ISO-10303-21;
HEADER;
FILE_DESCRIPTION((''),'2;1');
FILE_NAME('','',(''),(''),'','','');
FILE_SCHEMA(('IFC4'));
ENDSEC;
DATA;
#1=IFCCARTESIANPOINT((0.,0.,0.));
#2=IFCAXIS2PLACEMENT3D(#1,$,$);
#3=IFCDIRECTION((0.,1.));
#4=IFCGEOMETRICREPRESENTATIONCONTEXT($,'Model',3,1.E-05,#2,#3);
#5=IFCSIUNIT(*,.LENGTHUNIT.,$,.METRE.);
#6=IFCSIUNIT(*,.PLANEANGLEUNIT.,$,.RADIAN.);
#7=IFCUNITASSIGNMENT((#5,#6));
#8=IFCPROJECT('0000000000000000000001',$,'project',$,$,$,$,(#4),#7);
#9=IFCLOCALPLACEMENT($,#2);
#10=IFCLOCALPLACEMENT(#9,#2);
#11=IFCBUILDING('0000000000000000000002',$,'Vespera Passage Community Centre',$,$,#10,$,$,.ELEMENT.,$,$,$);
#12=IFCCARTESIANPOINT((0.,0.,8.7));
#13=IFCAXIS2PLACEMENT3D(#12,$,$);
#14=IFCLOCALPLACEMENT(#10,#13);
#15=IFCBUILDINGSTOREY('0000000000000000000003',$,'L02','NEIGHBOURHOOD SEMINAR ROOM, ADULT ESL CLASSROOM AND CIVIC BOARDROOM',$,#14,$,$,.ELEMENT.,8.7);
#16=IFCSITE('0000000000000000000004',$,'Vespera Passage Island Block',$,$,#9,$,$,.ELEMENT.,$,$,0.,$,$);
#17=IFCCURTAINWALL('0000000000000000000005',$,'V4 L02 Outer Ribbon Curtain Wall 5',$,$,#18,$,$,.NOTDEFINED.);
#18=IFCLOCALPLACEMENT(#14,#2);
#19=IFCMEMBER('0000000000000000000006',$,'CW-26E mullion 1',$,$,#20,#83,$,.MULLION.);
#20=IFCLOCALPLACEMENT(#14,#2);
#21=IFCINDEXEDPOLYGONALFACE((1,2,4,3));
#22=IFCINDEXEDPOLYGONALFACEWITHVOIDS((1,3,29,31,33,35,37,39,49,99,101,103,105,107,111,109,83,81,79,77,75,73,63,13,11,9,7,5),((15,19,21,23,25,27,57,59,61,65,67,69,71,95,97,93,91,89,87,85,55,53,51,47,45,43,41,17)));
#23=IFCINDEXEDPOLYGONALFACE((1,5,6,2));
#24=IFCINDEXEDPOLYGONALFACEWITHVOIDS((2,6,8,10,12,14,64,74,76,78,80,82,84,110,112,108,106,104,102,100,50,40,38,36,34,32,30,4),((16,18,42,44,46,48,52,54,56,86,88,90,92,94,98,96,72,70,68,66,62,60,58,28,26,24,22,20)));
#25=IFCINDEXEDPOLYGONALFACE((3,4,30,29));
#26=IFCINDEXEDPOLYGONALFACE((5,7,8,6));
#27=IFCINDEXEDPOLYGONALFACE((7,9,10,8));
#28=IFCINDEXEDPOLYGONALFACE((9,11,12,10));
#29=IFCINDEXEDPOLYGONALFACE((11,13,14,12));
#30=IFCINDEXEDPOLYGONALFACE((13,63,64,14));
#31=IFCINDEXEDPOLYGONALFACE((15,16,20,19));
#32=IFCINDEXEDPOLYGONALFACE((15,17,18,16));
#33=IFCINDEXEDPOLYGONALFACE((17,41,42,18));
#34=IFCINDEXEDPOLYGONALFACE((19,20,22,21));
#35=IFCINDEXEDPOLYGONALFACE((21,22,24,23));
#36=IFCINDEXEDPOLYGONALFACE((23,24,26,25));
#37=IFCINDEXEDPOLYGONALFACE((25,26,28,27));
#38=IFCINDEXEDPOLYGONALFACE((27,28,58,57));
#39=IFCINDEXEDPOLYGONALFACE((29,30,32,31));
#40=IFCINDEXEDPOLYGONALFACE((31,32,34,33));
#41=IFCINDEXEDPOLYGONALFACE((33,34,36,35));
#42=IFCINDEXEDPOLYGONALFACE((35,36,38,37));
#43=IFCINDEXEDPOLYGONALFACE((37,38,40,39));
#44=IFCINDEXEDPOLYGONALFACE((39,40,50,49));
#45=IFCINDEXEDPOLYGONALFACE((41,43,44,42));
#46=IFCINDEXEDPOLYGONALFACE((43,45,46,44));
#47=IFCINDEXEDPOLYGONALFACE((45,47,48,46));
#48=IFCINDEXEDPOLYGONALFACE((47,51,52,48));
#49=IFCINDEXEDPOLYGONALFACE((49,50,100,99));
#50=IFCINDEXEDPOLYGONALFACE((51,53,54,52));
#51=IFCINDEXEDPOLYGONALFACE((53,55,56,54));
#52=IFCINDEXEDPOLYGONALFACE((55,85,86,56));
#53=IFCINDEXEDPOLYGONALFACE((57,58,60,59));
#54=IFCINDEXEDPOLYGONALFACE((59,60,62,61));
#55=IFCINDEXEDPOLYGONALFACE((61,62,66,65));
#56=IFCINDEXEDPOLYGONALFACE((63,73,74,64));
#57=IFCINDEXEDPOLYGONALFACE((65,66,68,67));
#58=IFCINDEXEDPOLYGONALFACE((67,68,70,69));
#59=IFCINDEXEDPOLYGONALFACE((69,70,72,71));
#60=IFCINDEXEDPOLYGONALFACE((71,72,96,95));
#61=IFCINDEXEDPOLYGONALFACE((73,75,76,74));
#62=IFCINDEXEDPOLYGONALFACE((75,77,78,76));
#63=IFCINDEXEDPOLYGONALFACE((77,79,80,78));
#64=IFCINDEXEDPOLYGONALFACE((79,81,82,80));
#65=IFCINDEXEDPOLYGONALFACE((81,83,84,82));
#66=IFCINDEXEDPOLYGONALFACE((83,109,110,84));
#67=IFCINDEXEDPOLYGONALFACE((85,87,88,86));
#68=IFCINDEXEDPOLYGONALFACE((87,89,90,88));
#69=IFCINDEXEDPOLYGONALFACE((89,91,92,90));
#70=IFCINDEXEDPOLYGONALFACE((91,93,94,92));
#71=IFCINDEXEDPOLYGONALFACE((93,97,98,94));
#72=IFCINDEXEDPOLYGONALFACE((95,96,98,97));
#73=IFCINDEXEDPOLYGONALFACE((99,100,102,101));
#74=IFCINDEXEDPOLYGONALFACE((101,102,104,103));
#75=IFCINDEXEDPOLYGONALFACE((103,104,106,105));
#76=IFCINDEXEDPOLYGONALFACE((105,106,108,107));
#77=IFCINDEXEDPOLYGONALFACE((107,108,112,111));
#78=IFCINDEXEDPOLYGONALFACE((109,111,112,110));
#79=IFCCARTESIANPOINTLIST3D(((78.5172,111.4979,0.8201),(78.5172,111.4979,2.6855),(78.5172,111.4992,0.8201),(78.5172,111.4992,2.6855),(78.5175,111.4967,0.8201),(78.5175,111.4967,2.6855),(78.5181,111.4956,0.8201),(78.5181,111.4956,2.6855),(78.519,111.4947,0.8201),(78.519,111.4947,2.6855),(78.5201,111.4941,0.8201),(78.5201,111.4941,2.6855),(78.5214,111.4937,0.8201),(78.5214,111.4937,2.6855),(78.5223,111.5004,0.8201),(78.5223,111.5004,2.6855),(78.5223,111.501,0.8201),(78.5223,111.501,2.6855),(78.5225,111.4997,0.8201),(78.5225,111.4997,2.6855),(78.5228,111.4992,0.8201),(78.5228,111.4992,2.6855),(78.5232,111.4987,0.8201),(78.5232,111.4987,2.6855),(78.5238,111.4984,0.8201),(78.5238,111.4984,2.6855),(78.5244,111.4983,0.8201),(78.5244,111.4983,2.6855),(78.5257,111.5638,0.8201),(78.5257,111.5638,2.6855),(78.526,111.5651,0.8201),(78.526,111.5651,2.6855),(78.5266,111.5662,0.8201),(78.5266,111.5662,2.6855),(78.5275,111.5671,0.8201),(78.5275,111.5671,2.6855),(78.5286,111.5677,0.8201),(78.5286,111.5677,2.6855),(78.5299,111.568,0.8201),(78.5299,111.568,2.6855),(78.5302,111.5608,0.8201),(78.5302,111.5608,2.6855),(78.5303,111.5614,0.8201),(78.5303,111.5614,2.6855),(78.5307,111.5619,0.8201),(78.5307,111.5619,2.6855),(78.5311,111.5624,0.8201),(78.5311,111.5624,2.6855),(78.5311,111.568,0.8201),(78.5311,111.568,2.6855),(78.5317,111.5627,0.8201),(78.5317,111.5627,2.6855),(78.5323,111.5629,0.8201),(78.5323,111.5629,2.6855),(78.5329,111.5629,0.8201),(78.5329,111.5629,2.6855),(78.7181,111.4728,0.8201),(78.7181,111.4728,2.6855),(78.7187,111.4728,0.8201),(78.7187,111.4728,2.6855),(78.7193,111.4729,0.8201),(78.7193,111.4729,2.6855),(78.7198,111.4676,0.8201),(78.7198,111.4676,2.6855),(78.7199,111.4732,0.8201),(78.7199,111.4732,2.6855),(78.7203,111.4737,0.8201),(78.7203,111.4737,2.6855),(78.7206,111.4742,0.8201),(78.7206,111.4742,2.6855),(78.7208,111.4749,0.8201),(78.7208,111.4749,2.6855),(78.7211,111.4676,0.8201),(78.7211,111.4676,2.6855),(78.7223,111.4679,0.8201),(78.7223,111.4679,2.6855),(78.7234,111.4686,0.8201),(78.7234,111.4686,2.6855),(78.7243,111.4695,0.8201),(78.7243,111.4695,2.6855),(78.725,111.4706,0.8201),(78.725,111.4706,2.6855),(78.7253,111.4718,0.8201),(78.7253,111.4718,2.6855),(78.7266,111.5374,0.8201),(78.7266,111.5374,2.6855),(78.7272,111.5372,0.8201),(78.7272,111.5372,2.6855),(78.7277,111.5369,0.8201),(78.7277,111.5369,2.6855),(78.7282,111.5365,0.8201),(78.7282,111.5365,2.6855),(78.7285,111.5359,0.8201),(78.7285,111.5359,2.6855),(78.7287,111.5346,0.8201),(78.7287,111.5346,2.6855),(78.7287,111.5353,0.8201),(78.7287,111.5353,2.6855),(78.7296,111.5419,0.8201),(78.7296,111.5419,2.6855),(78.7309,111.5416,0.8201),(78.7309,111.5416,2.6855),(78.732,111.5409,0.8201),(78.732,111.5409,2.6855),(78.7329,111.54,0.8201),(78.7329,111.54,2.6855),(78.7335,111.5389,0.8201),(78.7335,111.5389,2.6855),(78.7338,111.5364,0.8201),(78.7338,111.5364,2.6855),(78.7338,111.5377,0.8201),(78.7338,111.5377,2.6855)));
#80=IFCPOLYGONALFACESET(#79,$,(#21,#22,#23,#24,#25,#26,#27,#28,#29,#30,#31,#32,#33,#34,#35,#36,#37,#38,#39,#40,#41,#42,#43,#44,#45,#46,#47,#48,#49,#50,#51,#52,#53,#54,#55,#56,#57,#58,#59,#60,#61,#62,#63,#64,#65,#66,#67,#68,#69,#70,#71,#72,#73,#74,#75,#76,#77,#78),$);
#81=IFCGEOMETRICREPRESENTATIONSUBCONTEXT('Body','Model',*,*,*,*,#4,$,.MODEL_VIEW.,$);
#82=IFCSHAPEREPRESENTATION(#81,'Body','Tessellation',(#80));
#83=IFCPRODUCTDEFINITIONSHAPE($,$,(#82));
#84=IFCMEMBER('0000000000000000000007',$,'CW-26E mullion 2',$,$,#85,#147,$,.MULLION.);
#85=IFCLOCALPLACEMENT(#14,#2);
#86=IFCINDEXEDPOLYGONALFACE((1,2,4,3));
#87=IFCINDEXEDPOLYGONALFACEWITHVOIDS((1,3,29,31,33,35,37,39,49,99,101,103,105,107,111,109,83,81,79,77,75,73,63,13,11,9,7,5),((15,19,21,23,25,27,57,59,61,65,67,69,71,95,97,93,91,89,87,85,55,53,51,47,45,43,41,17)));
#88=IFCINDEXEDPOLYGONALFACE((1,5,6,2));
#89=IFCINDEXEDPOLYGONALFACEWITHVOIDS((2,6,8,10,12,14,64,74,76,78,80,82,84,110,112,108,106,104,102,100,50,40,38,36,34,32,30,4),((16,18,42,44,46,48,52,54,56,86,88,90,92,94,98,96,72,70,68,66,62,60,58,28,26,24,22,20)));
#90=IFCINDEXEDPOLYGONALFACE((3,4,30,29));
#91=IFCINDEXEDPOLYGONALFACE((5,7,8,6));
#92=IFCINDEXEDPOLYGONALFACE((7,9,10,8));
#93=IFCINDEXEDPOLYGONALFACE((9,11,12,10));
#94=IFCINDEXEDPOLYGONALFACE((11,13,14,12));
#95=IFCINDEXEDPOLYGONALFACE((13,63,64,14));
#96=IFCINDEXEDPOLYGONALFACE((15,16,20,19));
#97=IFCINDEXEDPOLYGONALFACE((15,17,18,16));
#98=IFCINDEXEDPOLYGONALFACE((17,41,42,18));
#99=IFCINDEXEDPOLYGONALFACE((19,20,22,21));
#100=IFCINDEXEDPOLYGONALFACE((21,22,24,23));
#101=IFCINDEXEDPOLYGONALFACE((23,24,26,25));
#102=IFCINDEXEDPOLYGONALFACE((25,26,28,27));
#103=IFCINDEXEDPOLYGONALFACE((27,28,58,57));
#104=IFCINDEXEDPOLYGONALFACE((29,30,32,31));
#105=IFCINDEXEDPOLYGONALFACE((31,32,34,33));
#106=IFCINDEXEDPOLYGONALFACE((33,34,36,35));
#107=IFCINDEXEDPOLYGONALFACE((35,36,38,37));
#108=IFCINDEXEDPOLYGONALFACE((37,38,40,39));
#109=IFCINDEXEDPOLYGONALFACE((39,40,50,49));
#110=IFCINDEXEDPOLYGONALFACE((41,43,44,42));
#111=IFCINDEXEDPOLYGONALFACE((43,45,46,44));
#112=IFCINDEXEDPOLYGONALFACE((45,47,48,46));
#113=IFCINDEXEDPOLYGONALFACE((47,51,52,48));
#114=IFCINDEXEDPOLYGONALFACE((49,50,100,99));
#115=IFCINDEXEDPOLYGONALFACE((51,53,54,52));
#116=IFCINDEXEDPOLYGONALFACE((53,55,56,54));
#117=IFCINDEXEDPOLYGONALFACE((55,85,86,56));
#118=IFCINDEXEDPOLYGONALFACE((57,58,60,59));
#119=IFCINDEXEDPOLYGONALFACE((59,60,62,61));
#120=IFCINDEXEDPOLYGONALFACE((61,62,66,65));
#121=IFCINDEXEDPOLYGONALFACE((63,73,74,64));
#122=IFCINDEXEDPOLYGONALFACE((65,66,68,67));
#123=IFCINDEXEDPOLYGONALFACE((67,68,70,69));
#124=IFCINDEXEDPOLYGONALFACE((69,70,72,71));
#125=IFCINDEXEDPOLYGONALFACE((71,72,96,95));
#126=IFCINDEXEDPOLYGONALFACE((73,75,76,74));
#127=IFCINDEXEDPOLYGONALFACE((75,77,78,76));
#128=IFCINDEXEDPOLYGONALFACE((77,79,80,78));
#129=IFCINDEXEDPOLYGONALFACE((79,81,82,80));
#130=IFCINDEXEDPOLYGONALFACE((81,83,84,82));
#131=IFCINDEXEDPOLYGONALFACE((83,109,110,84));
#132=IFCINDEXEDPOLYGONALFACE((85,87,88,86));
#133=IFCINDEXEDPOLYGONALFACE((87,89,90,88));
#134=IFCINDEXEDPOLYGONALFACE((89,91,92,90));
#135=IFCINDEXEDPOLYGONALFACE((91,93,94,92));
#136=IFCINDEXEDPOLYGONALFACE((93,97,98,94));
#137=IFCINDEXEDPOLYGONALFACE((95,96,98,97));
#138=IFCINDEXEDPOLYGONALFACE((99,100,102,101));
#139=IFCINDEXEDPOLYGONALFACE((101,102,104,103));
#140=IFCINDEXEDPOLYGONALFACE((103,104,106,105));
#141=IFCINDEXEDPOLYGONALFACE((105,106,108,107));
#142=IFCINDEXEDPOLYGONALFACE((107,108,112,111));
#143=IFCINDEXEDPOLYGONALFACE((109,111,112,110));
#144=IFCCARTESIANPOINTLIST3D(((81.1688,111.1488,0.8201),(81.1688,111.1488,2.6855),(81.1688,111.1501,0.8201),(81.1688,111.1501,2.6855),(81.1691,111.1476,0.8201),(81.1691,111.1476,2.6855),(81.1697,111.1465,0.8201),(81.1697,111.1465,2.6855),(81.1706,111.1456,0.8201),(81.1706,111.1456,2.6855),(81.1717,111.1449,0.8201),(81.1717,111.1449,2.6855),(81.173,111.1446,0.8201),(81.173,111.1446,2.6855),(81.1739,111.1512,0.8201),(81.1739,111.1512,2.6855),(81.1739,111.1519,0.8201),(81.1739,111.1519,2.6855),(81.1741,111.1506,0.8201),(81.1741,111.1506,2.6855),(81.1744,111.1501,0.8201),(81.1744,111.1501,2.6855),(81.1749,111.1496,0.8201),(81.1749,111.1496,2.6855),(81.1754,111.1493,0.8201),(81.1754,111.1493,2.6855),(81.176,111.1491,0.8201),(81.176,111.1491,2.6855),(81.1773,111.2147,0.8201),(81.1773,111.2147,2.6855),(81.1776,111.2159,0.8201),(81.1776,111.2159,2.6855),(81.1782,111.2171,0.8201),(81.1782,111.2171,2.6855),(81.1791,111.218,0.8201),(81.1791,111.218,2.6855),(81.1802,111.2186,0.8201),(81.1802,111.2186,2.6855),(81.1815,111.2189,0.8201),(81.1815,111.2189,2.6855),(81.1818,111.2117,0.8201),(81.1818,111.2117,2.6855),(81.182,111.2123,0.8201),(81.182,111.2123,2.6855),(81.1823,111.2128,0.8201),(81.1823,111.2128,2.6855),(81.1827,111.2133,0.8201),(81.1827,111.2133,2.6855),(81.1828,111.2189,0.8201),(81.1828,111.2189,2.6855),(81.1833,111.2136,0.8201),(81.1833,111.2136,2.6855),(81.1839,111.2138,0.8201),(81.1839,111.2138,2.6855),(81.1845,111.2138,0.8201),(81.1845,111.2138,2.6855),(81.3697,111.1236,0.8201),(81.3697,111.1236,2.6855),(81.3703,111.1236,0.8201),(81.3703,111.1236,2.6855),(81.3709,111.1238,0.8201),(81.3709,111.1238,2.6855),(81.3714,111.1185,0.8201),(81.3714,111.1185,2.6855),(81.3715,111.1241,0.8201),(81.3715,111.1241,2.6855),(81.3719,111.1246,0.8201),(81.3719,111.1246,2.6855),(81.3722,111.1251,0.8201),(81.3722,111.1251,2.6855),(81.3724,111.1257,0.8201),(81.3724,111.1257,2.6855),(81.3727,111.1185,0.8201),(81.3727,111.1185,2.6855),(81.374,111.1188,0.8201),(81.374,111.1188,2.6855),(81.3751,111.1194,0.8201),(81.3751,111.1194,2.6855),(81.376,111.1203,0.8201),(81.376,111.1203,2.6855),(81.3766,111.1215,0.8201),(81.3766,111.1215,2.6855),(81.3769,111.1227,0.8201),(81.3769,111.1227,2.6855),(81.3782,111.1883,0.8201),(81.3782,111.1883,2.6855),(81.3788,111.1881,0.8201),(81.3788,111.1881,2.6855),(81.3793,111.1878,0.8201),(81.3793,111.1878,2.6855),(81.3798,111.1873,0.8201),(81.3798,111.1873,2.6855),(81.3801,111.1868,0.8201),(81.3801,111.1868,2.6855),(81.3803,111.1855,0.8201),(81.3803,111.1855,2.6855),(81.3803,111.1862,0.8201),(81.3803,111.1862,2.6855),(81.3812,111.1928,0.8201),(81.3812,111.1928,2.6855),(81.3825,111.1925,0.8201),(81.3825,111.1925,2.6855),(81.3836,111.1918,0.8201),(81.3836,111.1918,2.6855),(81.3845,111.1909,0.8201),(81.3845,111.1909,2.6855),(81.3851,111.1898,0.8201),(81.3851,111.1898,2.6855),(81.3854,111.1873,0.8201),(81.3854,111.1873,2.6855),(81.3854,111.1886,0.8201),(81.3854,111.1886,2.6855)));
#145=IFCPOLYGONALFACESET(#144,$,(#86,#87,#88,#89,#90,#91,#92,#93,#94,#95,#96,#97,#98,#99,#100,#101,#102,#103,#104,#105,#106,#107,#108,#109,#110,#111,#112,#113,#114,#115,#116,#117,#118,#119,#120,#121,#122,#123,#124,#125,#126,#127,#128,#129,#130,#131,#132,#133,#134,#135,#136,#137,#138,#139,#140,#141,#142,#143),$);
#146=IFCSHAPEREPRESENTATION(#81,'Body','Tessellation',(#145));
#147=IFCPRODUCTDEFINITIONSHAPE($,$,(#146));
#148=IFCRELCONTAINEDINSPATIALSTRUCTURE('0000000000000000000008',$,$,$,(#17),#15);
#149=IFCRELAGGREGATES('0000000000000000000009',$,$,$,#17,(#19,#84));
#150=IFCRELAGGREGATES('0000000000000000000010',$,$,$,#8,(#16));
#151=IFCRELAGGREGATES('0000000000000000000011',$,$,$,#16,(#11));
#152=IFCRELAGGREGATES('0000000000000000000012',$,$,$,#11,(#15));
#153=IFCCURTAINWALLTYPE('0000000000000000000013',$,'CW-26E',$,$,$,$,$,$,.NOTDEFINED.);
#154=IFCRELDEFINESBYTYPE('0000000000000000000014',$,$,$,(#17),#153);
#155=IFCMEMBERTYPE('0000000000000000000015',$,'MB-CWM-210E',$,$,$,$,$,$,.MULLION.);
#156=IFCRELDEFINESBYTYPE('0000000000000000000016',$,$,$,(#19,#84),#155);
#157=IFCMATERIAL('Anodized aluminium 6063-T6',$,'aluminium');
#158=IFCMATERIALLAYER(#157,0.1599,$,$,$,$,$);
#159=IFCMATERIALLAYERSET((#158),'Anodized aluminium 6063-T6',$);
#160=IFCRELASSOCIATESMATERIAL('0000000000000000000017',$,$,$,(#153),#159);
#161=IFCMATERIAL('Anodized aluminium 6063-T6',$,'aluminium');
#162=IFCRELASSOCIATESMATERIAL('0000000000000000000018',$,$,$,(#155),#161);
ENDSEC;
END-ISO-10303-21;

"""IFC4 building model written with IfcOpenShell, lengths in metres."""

from ifc_helpers import new_model, si_unit, direction, frame, origin, origin_2d, place, context, subcontext, project, spatial, hollow_rectangle, extrude, material, layer, layer_set, material_profile, profile_set, type_object, element, aggregate, save


model = new_model("IFC4")

# Units and contexts
model_context = context("Model", 3, precision=1e-05, world=origin(), true_north=direction((0.0, 1.0)))
body_context = subcontext(model_context, "Body", "Model", "MODEL_VIEW")
ifc_project = project(units=[si_unit("LENGTHUNIT", "METRE"), si_unit("PLANEANGLEUNIT", "RADIAN")], contexts=[model_context])

# Site, building, storey
site_placement = place(None, origin())
site = spatial("IfcSite", under=ifc_project, at=site_placement, Name="Vespera Passage Island Block", CompositionType="ELEMENT", RefElevation=0.0)
building_placement = place(site_placement, origin())
building = spatial("IfcBuilding", under=site, at=building_placement, Name="Vespera Passage Community Centre", CompositionType="ELEMENT")
storey_placement = place(building_placement, frame((0.0, 0.0, 8.7)))
storey = spatial("IfcBuildingStorey", under=building, at=storey_placement, Name="L02", Description="NEIGHBOURHOOD SEMINAR ROOM, ADULT ESL CLASSROOM AND CIVIC BOARDROOM", CompositionType="ELEMENT", Elevation=8.7)

# Curtain wall, members
ifc_material_1 = material(Name="Anodized aluminium 6063-T6", Category="aluminium")
ifc_layer_1 = layer(ifc_material_1, 0.1599)
ifc_layer_set_1 = layer_set([ifc_layer_1], Name="Anodized aluminium 6063-T6")
curtain_wall_type_1 = type_object("IfcCurtainWallType", Name="CW-26E", PredefinedType="NOTDEFINED", material=ifc_layer_set_1)
curtain_wall_1_placement = place(storey_placement, origin())
curtain_wall_1 = element("IfcCurtainWall", 1, at=curtain_wall_1_placement, inside=storey, type_object=curtain_wall_type_1, Name="V4 L02 Outer Ribbon Curtain Wall 5", PredefinedType="NOTDEFINED")
ifc_material_2 = material(Name="Anodized aluminium 6063-T6", Category="aluminium")
ifc_material_profile_1 = material_profile(ifc_material_2, hollow_rectangle(XDim=0.075, YDim=0.21, WallThickness=0.0049, InnerFilletRadius=0.0024, OuterFilletRadius=0.0049, at=origin_2d()), Name="ALU210X75X5")
ifc_profile_set_1 = profile_set([ifc_material_profile_1], Name="Anodized aluminium 6063-T6")
member_type_1 = type_object("IfcMemberType", Name="MB-CWM-210E", PredefinedType="MULLION", material=ifc_profile_set_1)
member_1_placement = place(storey_placement, frame((78.6255, 111.5178, 0.8201), z_axis=(0.0, 0.0, 1.0), x_axis=(0.130531, 0.991444, 0.0)))
member_1 = element("IfcMember", 2, at=member_1_placement, type_object=member_type_1, Name="CW-26E mullion 1", PredefinedType="MULLION", context=body_context, shape_type="SweptSolid", body=[
    extrude(hollow_rectangle(XDim=0.075, YDim=0.21, WallThickness=0.0049, InnerFilletRadius=0.0024, OuterFilletRadius=0.0049, at=origin_2d()), origin(), (0.0, 0.0, 1.0), 1.8655),
])
member_2_placement = place(storey_placement, frame((81.2771, 111.1687, 0.8201), z_axis=(0.0, 0.0, 1.0), x_axis=(0.130531, 0.991444, 0.0)))
member_2 = element("IfcMember", 3, at=member_2_placement, type_object=member_type_1, Name="CW-26E mullion 2", PredefinedType="MULLION", context=body_context, shape_type="SweptSolid", body=[
    extrude(hollow_rectangle(XDim=0.075, YDim=0.21, WallThickness=0.0049, InnerFilletRadius=0.0024, OuterFilletRadius=0.0049, at=origin_2d()), origin(), (0.0, 0.0, 1.0), 1.8655),
])

aggregate(curtain_wall_1, [member_1, member_2])

save(model, "model.ifc")
